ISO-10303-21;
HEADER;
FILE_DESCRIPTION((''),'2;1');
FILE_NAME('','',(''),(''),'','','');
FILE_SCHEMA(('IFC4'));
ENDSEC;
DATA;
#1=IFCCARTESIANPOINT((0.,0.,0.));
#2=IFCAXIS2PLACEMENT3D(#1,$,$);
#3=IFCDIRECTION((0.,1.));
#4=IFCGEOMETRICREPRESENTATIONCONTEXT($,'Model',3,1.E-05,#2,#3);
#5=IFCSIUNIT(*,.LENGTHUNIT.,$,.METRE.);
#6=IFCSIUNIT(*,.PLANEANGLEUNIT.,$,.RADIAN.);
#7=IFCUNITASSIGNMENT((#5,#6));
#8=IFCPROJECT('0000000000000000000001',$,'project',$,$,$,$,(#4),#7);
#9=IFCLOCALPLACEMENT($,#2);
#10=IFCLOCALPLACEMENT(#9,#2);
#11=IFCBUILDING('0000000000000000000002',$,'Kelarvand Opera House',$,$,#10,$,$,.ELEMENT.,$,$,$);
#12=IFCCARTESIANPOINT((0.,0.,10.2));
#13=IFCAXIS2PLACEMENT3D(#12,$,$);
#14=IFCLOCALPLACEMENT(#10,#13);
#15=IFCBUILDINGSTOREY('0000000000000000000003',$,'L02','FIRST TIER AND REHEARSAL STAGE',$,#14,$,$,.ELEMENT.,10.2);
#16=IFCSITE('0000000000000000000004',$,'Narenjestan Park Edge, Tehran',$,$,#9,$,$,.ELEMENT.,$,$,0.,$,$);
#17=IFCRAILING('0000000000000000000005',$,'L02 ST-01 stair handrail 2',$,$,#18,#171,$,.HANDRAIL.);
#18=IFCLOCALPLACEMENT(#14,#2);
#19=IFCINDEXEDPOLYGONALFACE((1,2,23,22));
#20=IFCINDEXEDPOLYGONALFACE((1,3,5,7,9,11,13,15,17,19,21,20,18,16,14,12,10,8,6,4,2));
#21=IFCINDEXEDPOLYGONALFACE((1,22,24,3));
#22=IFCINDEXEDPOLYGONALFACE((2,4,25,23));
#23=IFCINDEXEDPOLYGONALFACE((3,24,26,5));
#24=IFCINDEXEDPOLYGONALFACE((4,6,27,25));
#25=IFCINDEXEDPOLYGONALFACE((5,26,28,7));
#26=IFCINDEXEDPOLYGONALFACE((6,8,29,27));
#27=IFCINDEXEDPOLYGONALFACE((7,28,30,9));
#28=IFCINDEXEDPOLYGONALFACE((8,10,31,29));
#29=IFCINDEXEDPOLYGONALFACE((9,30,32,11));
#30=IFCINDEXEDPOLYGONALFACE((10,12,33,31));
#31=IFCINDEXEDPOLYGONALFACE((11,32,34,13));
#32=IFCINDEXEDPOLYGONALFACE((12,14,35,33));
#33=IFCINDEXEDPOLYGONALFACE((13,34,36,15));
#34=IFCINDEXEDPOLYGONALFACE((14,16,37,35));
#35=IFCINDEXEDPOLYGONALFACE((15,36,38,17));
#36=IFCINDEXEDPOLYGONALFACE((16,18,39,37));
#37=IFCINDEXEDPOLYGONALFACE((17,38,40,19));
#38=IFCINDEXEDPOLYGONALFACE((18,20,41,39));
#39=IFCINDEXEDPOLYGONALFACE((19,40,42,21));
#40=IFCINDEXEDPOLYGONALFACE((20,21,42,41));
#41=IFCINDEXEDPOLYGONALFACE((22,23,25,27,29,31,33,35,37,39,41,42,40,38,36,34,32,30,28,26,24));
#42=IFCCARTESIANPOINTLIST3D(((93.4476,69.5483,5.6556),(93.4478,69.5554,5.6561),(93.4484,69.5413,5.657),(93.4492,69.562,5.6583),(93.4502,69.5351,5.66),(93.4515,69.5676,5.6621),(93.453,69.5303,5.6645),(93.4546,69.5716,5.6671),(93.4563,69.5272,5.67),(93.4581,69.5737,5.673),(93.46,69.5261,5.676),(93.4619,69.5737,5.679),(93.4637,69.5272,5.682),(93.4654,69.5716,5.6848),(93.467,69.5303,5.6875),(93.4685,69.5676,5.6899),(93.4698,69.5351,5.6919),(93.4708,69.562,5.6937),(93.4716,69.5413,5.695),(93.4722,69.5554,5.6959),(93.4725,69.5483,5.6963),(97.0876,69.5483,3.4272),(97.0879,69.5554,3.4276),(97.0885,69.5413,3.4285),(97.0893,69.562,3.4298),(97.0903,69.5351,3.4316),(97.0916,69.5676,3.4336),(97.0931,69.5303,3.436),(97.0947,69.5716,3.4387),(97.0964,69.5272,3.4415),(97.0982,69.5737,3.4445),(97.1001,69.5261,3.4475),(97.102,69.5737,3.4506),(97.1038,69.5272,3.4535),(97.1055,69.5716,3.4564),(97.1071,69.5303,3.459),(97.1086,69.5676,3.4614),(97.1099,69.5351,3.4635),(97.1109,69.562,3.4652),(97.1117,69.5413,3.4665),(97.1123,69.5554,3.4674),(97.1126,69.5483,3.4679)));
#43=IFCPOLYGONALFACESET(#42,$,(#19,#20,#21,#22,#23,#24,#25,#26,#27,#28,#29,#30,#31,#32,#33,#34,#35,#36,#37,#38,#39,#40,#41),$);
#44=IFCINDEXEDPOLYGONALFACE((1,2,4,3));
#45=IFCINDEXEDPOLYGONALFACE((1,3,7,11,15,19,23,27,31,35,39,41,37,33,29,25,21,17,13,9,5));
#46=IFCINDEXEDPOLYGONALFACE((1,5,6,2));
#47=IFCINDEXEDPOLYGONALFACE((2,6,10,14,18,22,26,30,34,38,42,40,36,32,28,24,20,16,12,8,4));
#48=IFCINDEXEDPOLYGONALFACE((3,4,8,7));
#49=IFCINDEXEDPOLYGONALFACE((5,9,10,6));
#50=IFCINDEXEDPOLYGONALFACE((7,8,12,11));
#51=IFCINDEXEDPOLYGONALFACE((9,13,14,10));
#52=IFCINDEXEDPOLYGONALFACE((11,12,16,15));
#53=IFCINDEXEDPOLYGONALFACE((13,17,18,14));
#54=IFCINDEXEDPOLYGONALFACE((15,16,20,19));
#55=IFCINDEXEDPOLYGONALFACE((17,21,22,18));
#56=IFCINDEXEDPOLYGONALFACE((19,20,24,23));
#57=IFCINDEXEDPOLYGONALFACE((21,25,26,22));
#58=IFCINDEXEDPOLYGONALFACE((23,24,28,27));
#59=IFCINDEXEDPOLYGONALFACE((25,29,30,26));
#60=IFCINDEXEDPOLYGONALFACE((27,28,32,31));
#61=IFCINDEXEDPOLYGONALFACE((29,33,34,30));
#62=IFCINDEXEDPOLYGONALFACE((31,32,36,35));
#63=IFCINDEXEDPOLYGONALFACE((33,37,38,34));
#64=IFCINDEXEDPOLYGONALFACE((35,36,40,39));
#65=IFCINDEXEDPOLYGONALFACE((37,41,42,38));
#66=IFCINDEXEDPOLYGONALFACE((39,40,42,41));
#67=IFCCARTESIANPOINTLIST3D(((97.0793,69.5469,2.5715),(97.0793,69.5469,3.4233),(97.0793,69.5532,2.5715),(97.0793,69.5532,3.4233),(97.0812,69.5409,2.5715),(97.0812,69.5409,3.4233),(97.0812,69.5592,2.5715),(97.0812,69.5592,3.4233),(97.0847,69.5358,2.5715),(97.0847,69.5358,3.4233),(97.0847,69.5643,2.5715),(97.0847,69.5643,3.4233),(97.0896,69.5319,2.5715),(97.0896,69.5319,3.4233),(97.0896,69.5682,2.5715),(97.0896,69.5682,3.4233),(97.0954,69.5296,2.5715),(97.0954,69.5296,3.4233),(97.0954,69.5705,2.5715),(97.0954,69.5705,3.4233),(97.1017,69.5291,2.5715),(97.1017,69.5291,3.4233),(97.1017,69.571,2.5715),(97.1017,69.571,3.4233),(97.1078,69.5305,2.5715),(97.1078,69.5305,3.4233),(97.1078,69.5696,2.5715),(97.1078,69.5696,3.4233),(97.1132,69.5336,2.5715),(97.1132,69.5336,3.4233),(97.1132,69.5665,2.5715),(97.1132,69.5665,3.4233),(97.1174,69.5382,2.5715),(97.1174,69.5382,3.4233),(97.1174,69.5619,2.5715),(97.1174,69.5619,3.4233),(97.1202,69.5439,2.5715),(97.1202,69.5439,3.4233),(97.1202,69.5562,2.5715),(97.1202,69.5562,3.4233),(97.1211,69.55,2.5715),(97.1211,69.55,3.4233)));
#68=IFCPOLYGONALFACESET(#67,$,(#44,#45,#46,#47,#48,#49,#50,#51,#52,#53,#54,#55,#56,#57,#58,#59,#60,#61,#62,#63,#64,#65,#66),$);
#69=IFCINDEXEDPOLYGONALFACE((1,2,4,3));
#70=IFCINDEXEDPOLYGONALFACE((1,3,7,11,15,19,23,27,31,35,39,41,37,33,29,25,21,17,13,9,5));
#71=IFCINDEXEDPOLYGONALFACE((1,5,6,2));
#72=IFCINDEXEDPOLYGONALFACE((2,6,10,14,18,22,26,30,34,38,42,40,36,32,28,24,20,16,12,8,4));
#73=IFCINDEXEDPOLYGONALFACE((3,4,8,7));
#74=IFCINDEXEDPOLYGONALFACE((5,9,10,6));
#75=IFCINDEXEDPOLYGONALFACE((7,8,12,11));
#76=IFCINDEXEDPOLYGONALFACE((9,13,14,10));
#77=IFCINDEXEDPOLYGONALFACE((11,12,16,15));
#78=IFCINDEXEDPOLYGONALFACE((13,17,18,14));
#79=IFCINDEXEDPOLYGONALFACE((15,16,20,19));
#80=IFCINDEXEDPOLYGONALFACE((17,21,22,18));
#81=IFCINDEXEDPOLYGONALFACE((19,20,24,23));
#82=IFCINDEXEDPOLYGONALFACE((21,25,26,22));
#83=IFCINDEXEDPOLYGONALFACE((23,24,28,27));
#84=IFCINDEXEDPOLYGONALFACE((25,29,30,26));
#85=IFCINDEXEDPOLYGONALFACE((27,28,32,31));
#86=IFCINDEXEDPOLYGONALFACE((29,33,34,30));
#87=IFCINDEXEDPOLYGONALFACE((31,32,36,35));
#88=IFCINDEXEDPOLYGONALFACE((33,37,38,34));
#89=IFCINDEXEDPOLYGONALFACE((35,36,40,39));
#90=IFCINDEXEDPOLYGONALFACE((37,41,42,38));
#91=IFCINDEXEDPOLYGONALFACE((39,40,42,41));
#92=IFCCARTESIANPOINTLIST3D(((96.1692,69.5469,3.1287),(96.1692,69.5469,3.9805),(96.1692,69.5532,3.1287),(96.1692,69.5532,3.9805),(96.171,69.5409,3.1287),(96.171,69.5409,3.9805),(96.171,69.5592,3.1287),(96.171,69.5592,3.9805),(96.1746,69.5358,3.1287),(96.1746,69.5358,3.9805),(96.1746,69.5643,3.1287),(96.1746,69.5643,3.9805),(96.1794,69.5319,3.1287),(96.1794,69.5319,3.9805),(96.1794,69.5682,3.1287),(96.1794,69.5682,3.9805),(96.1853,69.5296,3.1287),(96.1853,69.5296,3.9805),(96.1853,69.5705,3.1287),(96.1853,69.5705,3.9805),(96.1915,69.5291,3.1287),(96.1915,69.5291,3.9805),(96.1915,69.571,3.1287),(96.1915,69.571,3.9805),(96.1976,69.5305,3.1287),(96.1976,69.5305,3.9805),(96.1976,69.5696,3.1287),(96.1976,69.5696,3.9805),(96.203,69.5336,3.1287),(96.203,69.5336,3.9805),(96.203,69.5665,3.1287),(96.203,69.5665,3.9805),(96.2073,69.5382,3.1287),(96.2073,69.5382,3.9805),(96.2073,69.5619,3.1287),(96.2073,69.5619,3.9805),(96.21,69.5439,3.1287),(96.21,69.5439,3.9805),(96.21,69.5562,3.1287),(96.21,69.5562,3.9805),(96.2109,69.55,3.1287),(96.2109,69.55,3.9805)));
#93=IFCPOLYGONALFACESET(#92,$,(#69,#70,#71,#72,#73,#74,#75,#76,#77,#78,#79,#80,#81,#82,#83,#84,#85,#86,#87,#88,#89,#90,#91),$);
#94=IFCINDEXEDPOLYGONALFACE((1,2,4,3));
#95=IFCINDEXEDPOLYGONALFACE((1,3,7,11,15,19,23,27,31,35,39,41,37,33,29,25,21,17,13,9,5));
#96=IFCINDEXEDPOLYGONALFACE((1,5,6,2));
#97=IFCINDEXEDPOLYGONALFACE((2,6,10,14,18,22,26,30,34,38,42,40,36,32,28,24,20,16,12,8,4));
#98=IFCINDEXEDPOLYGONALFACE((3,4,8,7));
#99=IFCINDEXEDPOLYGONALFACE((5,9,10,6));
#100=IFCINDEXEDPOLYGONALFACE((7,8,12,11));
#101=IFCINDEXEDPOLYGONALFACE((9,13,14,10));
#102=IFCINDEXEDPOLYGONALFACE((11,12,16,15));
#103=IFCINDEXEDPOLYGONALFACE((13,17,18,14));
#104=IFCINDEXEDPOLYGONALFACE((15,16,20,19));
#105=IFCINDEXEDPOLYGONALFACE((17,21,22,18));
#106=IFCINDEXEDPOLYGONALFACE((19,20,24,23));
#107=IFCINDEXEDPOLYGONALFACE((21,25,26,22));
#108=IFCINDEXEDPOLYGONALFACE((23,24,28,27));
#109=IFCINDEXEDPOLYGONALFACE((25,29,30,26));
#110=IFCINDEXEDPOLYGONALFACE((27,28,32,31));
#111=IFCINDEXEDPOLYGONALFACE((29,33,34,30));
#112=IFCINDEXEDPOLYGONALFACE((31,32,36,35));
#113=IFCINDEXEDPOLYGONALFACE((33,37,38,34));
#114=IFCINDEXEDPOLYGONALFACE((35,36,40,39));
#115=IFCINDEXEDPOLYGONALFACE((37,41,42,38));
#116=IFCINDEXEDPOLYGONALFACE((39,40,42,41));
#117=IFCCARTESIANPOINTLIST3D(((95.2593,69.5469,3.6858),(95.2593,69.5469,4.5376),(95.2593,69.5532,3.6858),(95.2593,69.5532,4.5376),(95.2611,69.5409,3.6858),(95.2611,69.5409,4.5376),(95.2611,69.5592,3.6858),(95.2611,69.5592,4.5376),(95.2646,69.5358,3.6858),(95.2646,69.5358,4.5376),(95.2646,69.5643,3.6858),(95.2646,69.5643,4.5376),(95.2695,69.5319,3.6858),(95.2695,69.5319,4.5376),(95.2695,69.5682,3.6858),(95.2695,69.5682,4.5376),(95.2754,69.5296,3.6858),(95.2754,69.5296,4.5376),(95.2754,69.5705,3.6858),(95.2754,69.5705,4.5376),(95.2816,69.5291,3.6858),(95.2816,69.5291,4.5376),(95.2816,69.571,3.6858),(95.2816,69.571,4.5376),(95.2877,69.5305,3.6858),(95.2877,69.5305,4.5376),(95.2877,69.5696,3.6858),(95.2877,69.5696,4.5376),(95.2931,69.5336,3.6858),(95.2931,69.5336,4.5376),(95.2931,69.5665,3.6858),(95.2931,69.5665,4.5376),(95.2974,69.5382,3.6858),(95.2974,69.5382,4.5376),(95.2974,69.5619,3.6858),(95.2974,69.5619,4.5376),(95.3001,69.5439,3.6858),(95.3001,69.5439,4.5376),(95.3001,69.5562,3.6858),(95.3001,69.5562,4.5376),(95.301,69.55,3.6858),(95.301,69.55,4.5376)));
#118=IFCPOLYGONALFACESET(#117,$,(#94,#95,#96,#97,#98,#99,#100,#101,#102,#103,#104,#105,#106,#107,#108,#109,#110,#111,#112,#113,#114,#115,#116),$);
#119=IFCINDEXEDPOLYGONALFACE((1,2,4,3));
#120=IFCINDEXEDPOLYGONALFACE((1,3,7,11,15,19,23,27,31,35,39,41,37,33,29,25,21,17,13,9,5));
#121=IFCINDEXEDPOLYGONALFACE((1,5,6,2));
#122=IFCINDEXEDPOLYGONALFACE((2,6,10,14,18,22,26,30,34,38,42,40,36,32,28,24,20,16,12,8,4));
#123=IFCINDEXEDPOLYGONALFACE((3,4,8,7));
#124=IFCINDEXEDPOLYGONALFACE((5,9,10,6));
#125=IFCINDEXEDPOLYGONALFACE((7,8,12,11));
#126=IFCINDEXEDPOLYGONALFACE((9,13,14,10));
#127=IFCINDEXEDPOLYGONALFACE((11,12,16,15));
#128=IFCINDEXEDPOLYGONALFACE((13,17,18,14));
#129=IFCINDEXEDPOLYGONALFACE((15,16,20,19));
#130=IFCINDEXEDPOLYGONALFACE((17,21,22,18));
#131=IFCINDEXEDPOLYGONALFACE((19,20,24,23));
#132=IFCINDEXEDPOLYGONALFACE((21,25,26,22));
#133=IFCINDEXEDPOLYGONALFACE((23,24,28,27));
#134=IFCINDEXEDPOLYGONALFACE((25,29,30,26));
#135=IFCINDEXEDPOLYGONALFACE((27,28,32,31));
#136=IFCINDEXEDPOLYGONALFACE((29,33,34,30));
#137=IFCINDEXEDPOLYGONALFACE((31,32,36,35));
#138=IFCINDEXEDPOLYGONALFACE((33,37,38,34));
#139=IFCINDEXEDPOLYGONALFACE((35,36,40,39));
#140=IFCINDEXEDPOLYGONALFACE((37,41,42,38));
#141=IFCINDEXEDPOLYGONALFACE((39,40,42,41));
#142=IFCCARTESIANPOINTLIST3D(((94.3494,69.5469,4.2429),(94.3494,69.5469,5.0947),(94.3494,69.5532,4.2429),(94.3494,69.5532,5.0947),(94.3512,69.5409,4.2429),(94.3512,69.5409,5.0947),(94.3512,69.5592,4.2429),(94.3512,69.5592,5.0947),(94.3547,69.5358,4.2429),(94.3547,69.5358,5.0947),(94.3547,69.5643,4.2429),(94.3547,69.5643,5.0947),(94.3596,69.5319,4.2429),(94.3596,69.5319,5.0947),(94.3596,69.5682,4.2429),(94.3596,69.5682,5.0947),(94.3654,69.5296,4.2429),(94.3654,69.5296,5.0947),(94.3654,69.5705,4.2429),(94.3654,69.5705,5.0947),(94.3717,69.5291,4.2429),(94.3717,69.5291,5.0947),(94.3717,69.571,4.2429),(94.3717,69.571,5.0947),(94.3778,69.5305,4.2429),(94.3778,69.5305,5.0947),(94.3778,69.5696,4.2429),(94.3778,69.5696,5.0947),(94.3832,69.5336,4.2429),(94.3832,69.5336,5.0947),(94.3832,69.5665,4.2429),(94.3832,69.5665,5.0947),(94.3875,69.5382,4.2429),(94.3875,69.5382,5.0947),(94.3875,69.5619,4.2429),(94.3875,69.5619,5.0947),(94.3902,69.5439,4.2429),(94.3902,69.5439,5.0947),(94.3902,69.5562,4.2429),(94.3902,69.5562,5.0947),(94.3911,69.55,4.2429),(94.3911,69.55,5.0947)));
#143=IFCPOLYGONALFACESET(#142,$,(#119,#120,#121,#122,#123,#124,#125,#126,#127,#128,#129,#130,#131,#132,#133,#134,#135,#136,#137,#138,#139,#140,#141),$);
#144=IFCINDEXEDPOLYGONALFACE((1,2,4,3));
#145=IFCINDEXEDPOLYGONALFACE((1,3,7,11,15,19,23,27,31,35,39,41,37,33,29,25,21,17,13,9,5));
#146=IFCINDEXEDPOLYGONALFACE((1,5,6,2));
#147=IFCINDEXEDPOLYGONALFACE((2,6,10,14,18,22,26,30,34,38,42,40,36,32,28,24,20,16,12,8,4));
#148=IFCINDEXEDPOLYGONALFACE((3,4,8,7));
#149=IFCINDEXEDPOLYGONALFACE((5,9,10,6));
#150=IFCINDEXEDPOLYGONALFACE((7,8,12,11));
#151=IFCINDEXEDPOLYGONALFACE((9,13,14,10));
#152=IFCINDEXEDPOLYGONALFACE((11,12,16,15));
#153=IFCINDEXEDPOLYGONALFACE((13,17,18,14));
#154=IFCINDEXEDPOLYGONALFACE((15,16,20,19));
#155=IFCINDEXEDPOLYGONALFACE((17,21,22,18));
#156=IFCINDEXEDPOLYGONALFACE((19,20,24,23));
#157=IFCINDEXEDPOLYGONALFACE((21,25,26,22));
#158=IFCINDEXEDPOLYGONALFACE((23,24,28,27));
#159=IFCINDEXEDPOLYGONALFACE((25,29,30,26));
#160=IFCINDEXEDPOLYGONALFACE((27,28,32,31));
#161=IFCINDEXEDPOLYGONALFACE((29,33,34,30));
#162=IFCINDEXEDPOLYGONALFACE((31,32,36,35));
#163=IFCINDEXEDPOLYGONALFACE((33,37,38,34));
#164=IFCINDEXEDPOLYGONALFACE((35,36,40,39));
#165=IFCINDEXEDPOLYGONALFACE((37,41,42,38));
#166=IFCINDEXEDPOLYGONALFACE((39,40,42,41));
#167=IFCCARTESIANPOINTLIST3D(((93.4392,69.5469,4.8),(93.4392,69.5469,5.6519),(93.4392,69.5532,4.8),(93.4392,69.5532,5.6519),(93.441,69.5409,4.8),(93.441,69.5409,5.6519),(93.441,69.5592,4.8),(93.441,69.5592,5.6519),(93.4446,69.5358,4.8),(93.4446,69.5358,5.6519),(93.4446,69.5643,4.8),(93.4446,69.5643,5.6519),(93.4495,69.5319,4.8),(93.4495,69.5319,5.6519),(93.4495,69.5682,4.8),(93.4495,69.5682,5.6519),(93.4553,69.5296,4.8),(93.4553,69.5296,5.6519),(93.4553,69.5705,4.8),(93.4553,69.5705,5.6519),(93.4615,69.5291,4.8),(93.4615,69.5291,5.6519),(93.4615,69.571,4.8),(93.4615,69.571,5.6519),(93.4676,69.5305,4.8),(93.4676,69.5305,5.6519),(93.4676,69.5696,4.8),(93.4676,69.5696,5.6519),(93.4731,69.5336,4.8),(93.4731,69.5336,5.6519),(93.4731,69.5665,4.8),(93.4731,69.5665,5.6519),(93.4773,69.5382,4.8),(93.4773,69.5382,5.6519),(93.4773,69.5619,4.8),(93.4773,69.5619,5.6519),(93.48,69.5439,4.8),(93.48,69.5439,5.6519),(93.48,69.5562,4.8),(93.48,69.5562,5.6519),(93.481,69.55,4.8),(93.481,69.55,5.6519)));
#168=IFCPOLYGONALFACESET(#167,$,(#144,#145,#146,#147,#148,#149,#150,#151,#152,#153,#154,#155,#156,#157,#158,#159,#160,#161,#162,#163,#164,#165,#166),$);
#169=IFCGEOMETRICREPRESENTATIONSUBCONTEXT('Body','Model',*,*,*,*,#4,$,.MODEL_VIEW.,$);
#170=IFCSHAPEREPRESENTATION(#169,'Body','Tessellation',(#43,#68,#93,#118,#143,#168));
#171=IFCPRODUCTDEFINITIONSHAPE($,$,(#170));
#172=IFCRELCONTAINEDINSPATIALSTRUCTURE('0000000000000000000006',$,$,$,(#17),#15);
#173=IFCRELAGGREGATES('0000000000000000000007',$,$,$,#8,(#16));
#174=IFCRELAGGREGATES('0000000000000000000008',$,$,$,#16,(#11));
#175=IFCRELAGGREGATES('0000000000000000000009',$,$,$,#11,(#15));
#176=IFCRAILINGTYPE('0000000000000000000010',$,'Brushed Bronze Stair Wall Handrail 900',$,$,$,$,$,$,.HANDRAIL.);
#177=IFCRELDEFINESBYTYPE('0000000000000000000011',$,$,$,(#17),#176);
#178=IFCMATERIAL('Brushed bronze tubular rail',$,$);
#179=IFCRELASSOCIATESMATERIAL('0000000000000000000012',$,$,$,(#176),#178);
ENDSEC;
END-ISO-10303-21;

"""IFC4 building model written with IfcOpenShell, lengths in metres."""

from ifc_helpers import new_model, si_unit, direction, frame, origin, origin_2d, place, context, subcontext, project, spatial, circle, extrude, material, type_object, element, save


model = new_model("IFC4")

# Units and contexts
model_context = context("Model", 3, precision=1e-05, world=origin(), true_north=direction((0.0, 1.0)))
body_context = subcontext(model_context, "Body", "Model", "MODEL_VIEW")
ifc_project = project(units=[si_unit("LENGTHUNIT", "METRE"), si_unit("PLANEANGLEUNIT", "RADIAN")], contexts=[model_context])

# Site, building, storey
site_placement = place(None, origin())
site = spatial("IfcSite", under=ifc_project, at=site_placement, Name="Narenjestan Park Edge, Tehran", CompositionType="ELEMENT", RefElevation=0.0)
building_placement = place(site_placement, origin())
building = spatial("IfcBuilding", under=site, at=building_placement, Name="Kelarvand Opera House", CompositionType="ELEMENT")
storey_placement = place(building_placement, frame((0.0, 0.0, 10.2)))
storey = spatial("IfcBuildingStorey", under=building, at=storey_placement, Name="L02", Description="FIRST TIER AND REHEARSAL STAGE", CompositionType="ELEMENT", Elevation=10.2)

# Railing
ifc_material_1 = material(Name="Brushed bronze tubular rail")
railing_type_1 = type_object("IfcRailingType", Name="Brushed Bronze Stair Wall Handrail 900", PredefinedType="HANDRAIL", material=ifc_material_1)
railing_1_placement = place(storey_placement, frame((97.1001, 69.55, 2.5715)))
element("IfcRailing", 1, at=railing_1_placement, inside=storey, type_object=railing_type_1, Name="L02 ST-01 stair handrail 2", PredefinedType="HANDRAIL", context=body_context, shape_type="SweptSolid", body=[
    extrude(circle(Radius=0.0239, at=origin_2d()), frame((0.0, 0.0, 0.876), z_axis=(-0.852866, 0.0, 0.52213), x_axis=(0.0, -1.0, 0.0)), (0.0, 0.0, 1.0), 4.2681),
    extrude(circle(Radius=0.021, at=origin_2d()), origin(), (0.0, 0.0, 1.0), 0.8518),
    extrude(circle(Radius=0.021, at=origin_2d()), frame((-0.9102, 0.0, 0.5571)), (0.0, 0.0, 1.0), 0.8518),
    extrude(circle(Radius=0.021, at=origin_2d()), frame((-1.8201, 0.0, 1.1143)), (0.0, 0.0, 1.0), 0.8518),
    extrude(circle(Radius=0.021, at=origin_2d()), frame((-2.73, 0.0, 1.6714)), (0.0, 0.0, 1.0), 0.8518),
    extrude(circle(Radius=0.021, at=origin_2d()), frame((-3.6401, 0.0, 2.2285)), (0.0, 0.0, 1.0), 0.8518),
])

save(model, "model.ifc")
